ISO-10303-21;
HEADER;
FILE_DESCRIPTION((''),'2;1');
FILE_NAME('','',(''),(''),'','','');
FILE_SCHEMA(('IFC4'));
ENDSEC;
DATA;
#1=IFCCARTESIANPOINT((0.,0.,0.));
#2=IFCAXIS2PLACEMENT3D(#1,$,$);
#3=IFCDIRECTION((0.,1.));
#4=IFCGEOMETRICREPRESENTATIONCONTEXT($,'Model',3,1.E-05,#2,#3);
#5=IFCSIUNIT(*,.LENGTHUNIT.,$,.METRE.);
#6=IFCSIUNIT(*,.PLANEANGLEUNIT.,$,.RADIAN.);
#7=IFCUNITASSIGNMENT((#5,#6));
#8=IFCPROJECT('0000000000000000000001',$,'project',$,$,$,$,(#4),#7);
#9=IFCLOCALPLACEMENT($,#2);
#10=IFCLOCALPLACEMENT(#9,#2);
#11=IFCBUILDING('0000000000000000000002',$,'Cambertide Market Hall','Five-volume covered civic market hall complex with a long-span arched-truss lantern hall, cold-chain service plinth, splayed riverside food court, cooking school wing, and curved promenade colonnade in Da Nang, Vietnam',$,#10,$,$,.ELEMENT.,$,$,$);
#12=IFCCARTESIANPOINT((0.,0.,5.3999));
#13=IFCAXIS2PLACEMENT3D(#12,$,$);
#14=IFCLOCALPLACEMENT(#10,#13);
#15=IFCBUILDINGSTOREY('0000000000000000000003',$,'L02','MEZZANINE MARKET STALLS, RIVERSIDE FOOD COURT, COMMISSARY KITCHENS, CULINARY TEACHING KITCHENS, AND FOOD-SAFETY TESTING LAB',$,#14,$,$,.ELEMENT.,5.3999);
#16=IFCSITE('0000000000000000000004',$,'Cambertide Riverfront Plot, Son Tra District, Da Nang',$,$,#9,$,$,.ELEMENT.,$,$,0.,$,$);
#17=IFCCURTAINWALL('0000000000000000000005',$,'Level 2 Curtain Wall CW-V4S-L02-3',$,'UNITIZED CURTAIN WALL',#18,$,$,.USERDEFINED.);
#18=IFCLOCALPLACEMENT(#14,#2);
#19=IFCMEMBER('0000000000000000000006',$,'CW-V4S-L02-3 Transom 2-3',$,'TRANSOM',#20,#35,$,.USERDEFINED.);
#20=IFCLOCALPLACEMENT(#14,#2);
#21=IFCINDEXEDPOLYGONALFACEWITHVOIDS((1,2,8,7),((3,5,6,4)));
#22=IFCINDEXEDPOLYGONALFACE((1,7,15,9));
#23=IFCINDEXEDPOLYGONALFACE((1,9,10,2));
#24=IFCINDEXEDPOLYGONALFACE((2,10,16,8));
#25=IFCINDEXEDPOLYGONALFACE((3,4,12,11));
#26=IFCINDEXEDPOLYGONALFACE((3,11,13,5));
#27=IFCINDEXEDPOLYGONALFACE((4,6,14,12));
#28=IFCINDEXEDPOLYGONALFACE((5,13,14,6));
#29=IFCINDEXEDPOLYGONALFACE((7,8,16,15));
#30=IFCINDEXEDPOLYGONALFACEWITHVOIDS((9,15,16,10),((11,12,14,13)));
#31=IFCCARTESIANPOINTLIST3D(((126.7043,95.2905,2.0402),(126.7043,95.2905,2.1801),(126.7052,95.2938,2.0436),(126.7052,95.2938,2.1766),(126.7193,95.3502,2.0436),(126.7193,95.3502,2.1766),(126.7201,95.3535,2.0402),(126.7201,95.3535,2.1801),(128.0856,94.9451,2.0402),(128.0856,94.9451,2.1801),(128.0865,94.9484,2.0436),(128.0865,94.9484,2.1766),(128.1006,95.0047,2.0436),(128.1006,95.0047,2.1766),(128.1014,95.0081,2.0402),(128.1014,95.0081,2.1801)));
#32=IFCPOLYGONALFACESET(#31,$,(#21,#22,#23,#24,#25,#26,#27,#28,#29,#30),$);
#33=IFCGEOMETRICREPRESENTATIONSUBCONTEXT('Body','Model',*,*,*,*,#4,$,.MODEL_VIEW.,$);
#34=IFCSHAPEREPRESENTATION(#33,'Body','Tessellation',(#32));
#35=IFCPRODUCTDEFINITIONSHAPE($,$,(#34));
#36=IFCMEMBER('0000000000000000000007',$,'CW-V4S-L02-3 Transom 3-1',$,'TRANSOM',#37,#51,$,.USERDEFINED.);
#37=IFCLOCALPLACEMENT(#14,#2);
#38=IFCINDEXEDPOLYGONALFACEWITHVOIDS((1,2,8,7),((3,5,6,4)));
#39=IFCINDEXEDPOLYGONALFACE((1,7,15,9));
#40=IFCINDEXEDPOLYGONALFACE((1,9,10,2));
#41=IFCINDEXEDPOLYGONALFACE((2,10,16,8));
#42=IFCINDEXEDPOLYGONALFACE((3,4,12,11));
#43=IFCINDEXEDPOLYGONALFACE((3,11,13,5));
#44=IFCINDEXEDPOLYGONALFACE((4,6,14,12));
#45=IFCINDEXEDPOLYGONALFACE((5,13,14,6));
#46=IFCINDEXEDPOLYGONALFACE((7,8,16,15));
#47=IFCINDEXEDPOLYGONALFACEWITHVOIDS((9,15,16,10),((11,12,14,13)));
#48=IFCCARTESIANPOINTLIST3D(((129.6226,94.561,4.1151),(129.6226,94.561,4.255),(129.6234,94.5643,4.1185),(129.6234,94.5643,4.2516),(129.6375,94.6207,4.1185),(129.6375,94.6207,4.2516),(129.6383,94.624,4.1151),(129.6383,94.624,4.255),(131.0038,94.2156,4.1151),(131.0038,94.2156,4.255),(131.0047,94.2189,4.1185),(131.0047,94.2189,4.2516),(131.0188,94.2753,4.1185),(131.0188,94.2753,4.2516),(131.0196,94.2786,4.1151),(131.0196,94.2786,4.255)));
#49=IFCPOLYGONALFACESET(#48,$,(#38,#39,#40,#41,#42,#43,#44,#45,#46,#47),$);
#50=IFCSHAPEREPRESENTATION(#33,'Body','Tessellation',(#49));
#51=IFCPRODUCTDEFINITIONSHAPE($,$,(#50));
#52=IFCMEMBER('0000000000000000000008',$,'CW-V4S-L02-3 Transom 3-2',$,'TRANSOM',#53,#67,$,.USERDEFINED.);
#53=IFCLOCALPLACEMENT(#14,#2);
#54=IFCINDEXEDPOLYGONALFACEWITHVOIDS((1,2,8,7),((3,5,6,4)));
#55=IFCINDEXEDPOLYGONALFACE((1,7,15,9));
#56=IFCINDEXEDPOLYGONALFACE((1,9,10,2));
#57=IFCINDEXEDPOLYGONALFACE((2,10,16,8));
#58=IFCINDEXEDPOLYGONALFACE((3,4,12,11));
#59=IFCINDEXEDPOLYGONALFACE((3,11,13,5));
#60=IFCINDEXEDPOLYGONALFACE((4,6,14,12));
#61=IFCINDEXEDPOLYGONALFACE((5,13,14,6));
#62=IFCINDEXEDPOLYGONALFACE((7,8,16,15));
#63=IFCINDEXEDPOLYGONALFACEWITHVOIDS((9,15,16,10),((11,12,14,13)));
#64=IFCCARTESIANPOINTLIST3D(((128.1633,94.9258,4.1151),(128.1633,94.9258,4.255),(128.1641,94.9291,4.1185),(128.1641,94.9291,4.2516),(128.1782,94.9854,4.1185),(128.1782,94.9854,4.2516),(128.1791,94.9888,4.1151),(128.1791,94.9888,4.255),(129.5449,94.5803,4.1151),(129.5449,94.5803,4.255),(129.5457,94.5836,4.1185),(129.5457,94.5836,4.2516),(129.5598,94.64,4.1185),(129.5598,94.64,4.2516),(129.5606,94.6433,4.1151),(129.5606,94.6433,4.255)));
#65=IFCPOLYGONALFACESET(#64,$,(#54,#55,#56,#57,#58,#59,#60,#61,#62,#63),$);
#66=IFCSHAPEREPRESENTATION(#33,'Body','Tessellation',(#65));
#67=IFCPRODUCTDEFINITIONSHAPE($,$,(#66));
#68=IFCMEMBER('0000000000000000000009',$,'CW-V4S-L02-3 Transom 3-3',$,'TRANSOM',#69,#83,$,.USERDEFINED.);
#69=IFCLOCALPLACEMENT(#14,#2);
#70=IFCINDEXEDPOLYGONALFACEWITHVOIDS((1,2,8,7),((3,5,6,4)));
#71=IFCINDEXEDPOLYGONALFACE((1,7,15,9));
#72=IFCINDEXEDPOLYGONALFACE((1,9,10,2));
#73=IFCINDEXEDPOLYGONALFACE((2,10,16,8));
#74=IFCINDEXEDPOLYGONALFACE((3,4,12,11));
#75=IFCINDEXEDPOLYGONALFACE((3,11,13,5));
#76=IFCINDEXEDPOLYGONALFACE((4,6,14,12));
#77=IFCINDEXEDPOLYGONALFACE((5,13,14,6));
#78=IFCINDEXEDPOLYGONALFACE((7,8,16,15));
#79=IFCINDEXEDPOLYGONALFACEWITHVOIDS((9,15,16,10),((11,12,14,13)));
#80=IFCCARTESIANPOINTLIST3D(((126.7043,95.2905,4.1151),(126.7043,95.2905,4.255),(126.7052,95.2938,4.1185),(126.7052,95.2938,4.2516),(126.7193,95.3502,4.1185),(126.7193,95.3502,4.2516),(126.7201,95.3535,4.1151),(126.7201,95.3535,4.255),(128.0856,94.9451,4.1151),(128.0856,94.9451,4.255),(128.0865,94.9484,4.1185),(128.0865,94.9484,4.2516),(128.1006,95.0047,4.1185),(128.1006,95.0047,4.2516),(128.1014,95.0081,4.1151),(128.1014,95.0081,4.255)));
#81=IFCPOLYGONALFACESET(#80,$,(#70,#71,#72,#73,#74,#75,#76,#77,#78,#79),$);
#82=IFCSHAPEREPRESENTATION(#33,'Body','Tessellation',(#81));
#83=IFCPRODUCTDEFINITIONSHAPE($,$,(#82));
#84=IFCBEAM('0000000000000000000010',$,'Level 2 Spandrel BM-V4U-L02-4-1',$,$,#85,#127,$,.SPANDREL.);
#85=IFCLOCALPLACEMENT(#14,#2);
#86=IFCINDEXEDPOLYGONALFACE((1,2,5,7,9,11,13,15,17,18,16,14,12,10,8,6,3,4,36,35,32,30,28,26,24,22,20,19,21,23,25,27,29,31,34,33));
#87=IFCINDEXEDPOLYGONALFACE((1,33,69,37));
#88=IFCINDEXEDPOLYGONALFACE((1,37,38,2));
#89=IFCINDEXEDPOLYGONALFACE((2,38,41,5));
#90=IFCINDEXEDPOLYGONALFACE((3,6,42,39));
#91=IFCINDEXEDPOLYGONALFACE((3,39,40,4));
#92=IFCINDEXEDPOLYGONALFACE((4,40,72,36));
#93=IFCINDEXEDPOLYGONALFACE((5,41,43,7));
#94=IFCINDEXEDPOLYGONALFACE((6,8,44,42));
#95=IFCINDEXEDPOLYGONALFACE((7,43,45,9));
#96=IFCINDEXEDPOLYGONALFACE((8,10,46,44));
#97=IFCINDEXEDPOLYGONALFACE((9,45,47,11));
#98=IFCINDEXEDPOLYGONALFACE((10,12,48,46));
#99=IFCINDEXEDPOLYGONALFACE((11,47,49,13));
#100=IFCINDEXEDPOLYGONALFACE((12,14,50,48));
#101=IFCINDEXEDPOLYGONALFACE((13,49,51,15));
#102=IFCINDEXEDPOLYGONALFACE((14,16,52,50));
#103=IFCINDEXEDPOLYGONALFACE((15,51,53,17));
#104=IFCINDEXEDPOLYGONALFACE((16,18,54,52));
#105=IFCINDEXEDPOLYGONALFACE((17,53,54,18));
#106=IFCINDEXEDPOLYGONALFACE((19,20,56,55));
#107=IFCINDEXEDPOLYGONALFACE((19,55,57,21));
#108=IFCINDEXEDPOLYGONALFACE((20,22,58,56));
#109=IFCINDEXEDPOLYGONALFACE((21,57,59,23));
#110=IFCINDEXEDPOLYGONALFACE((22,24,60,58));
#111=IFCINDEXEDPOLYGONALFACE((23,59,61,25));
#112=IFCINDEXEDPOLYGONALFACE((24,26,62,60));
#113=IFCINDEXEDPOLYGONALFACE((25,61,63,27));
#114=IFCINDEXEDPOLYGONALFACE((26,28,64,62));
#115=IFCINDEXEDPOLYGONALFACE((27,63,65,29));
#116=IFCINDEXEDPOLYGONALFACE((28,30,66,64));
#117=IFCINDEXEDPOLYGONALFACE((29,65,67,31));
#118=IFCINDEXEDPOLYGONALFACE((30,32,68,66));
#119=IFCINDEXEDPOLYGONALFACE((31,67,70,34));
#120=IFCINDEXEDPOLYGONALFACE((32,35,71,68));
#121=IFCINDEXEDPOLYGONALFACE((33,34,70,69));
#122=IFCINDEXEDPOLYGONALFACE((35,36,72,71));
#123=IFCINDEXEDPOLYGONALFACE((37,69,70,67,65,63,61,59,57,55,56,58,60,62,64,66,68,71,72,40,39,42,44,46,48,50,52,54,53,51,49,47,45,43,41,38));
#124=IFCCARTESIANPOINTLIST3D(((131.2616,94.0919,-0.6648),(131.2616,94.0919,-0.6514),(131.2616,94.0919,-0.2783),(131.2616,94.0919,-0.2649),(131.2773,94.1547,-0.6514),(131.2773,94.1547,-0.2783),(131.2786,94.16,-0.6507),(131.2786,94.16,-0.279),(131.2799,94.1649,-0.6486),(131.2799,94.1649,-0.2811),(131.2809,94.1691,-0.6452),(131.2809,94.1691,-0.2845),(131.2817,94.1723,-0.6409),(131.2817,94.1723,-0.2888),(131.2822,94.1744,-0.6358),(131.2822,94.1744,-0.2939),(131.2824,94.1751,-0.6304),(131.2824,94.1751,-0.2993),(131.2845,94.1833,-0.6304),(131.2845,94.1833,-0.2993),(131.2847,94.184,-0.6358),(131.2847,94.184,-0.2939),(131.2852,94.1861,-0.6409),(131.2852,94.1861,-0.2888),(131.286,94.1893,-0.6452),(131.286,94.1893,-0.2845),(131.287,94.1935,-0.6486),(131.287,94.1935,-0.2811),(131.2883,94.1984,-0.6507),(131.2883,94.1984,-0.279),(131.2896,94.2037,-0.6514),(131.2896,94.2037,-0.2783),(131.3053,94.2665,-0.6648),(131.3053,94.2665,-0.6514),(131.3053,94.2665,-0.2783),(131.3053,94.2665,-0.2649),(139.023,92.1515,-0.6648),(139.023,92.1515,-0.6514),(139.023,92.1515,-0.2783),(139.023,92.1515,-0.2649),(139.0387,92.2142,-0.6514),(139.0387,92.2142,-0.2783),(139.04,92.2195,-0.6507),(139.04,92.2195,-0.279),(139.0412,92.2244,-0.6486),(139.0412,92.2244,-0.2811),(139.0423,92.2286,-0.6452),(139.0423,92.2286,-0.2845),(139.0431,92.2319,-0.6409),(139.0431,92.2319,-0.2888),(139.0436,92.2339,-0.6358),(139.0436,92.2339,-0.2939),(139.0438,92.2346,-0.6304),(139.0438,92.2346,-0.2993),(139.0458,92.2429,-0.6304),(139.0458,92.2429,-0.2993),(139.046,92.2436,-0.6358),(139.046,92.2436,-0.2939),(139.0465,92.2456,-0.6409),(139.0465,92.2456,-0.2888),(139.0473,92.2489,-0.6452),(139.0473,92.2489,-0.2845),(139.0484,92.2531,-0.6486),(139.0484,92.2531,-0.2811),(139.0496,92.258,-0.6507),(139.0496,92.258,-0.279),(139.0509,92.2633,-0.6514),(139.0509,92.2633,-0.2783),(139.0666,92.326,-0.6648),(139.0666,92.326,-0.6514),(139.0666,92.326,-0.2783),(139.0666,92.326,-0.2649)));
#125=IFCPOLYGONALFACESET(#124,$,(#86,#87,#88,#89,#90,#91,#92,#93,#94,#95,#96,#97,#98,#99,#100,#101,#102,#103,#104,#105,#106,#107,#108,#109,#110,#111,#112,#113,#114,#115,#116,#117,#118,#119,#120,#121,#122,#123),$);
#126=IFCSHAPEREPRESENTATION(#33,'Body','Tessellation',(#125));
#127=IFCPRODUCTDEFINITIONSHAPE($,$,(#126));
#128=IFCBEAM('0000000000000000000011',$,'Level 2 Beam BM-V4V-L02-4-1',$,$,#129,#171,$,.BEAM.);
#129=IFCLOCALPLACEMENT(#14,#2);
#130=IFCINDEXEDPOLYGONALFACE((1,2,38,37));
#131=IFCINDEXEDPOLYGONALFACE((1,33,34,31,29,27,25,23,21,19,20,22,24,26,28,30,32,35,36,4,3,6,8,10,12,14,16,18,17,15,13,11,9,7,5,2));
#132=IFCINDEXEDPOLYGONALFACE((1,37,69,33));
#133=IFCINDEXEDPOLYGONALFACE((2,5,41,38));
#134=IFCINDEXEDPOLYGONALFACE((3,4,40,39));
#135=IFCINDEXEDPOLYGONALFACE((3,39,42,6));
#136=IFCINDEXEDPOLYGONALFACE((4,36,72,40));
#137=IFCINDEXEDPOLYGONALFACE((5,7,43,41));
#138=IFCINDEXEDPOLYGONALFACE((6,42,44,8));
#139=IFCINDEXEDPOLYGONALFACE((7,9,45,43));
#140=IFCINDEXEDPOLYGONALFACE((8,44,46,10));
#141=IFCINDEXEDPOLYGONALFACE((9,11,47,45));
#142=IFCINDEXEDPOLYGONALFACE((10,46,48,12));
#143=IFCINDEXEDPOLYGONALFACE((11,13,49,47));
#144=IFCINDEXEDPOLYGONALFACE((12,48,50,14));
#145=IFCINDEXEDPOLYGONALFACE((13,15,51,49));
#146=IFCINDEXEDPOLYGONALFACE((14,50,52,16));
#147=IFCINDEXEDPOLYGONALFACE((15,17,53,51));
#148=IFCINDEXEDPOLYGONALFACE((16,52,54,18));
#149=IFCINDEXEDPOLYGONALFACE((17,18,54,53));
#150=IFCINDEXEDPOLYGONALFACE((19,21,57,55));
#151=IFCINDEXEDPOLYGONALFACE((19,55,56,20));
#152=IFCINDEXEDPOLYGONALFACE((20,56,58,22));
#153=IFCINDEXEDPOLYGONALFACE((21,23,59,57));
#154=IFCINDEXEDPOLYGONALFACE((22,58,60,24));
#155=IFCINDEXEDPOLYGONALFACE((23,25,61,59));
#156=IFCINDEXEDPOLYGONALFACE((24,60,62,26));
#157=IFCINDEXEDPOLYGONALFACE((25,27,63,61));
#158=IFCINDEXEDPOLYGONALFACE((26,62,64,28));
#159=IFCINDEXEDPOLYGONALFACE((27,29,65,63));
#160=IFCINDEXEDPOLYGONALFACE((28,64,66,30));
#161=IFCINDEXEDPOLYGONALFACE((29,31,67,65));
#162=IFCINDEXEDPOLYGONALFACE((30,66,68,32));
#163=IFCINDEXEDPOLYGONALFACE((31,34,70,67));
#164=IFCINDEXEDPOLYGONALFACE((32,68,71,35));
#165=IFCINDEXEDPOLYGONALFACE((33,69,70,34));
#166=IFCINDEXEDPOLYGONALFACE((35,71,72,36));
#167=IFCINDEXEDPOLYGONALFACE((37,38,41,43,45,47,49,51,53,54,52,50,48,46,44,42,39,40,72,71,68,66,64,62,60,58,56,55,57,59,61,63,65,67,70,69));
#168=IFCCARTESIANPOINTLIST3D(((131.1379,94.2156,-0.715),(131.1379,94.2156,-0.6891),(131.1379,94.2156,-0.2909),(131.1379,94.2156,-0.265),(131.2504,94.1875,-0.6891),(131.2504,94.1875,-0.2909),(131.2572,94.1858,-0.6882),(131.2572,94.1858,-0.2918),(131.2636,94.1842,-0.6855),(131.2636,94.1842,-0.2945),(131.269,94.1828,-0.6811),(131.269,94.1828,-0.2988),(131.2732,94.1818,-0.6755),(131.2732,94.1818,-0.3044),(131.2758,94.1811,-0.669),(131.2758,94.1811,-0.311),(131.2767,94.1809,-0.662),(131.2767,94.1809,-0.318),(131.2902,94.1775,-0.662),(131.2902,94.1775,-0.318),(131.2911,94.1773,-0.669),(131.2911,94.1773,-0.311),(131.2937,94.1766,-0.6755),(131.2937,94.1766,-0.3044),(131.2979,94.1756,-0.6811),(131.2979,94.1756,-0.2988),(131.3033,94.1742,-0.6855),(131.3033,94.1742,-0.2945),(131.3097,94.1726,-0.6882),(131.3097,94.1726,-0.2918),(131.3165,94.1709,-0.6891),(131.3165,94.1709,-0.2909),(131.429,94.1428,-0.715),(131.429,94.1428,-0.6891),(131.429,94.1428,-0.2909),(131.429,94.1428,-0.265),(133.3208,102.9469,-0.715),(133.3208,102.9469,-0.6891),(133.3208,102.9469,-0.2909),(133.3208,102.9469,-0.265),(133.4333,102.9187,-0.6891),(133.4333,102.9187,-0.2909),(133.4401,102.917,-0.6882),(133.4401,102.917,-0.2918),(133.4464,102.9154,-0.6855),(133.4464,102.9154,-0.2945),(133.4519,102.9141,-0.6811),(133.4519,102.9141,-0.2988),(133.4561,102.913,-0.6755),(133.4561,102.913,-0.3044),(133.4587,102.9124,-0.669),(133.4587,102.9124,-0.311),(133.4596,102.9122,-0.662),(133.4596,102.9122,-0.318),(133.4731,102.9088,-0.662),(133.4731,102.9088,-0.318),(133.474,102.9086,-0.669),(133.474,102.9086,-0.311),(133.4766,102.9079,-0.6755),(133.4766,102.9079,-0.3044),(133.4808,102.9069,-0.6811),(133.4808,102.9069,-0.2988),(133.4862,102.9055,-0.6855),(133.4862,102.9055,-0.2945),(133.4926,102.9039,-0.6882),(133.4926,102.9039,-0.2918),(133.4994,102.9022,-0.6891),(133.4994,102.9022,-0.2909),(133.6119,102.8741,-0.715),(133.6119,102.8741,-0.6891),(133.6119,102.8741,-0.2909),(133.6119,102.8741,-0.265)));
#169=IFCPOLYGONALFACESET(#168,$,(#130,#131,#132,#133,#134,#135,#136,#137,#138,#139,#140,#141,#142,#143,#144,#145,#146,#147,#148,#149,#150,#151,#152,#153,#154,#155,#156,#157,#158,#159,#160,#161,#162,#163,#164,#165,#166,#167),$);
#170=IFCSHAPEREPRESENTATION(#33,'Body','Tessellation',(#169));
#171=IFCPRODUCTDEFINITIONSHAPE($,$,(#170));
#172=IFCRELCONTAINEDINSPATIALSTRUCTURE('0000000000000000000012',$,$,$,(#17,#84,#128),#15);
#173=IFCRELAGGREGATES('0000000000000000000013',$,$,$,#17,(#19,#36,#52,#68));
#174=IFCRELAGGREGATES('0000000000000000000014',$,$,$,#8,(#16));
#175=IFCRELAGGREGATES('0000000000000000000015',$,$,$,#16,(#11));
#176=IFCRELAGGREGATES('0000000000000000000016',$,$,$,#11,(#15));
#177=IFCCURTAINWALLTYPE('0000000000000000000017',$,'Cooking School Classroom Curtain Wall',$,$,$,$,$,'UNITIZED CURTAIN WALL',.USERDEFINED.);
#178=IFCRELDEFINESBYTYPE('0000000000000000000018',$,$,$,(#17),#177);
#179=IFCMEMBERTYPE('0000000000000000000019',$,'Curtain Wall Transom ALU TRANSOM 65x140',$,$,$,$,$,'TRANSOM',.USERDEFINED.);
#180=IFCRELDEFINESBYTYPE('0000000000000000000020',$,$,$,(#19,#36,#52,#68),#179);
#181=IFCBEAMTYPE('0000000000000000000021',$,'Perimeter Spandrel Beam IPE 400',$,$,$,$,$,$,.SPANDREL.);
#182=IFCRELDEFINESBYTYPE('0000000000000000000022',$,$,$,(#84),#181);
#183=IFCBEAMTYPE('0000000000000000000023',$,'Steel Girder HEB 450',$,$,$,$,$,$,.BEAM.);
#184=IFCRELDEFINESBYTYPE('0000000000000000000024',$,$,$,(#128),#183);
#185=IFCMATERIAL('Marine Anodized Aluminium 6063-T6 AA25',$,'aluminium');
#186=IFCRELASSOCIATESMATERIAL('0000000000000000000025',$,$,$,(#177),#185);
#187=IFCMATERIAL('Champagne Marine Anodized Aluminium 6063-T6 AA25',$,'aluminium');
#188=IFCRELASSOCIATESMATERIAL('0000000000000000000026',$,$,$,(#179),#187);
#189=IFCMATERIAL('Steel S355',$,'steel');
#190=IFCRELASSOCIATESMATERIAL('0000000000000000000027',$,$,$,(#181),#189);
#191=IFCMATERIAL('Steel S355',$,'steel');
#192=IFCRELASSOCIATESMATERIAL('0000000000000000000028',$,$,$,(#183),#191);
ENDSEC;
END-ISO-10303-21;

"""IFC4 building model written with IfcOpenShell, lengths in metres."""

from ifc_helpers import new_model, si_unit, direction, frame, origin, origin_2d, place, context, subcontext, project, spatial, hollow_rectangle, i_section, extrude, material, material_profile, profile_set, type_object, element, aggregate, save


model = new_model("IFC4")

# Units and contexts
model_context = context("Model", 3, precision=1e-05, world=origin(), true_north=direction((0.0, 1.0)))
body_context = subcontext(model_context, "Body", "Model", "MODEL_VIEW")
ifc_project = project(units=[si_unit("LENGTHUNIT", "METRE"), si_unit("PLANEANGLEUNIT", "RADIAN")], contexts=[model_context])

# Site, building, storey
site_placement = place(None, origin())
site = spatial("IfcSite", under=ifc_project, at=site_placement, Name="Cambertide Riverfront Plot, Son Tra District, Da Nang", CompositionType="ELEMENT", RefElevation=0.0)
building_placement = place(site_placement, origin())
building = spatial("IfcBuilding", under=site, at=building_placement, Name="Cambertide Market Hall", Description="Five-volume covered civic market hall complex with a long-span arched-truss lantern hall, cold-chain service plinth, splayed riverside food court, cooking school wing, and curved promenade colonnade in Da Nang, Vietnam", CompositionType="ELEMENT")
storey_placement = place(building_placement, frame((0.0, 0.0, 5.3999)))
storey = spatial("IfcBuildingStorey", under=building, at=storey_placement, Name="L02", Description="MEZZANINE MARKET STALLS, RIVERSIDE FOOD COURT, COMMISSARY KITCHENS, CULINARY TEACHING KITCHENS, AND FOOD-SAFETY TESTING LAB", CompositionType="ELEMENT", Elevation=5.3999)

# Curtain wall, members
ifc_material_1 = material(Name="Marine Anodized Aluminium 6063-T6 AA25", Category="aluminium")
curtain_wall_type = type_object("IfcCurtainWallType", Name="Cooking School Classroom Curtain Wall", ElementType="UNITIZED CURTAIN WALL", PredefinedType="USERDEFINED", material=ifc_material_1)
curtain_wall_placement = place(storey_placement, origin())
curtain_wall = element("IfcCurtainWall", 1, at=curtain_wall_placement, inside=storey, type_object=curtain_wall_type, Name="Level 2 Curtain Wall CW-V4S-L02-3", ObjectType="UNITIZED CURTAIN WALL", PredefinedType="USERDEFINED")
ifc_material_2 = material(Name="Champagne Marine Anodized Aluminium 6063-T6 AA25", Category="aluminium")
ifc_material_profile_1 = material_profile(ifc_material_2, hollow_rectangle(XDim=0.0649, YDim=0.1399, WallThickness=0.0034, at=origin_2d()), Name="ALU TRANSOM 65x140")
ifc_profile_set_1 = profile_set([ifc_material_profile_1], Name="Champagne Marine Anodized Aluminium 6063-T6 AA25")
member_type_1 = type_object("IfcMemberType", Name="Curtain Wall Transom ALU TRANSOM 65x140", ElementType="TRANSOM", PredefinedType="USERDEFINED", material=ifc_profile_set_1)
member_1_placement = place(storey_placement, frame((128.0935, 94.9766, 2.1101), z_axis=(-0.970122, 0.242616, 0.0), x_axis=(-0.242616, -0.970122, 0.0)))
member_1 = element("IfcMember", 2, at=member_1_placement, type_object=member_type_1, Name="CW-V4S-L02-3 Transom 2-3", ObjectType="TRANSOM", PredefinedType="USERDEFINED", context=body_context, shape_type="SweptSolid", body=[
    extrude(hollow_rectangle(XDim=0.0649, YDim=0.1399, WallThickness=0.0034, at=origin_2d()), origin(), (0.0, 0.0, 1.0), 1.4238),
])
member_2_placement = place(storey_placement, frame((131.0117, 94.2471, 4.1851), z_axis=(-0.970122, 0.242616, 0.0), x_axis=(-0.242616, -0.970122, 0.0)))
member_2 = element("IfcMember", 3, at=member_2_placement, type_object=member_type_1, Name="CW-V4S-L02-3 Transom 3-1", ObjectType="TRANSOM", PredefinedType="USERDEFINED", context=body_context, shape_type="SweptSolid", body=[
    extrude(hollow_rectangle(XDim=0.0649, YDim=0.1399, WallThickness=0.0034, at=origin_2d()), origin(), (0.0, 0.0, 1.0), 1.4238),
])
member_3_placement = place(storey_placement, frame((129.5527, 94.6118, 4.1851), z_axis=(-0.970132, 0.242576, 0.0), x_axis=(-0.242576, -0.970132, 0.0)))
member_3 = element("IfcMember", 4, at=member_3_placement, type_object=member_type_1, Name="CW-V4S-L02-3 Transom 3-2", ObjectType="TRANSOM", PredefinedType="USERDEFINED", context=body_context, shape_type="SweptSolid", body=[
    extrude(hollow_rectangle(XDim=0.0649, YDim=0.1399, WallThickness=0.0034, at=origin_2d()), origin(), (0.0, 0.0, 1.0), 1.4241),
])
member_4_placement = place(storey_placement, frame((128.0935, 94.9766, 4.1851), z_axis=(-0.970122, 0.242616, 0.0), x_axis=(-0.242616, -0.970122, 0.0)))
member_4 = element("IfcMember", 5, at=member_4_placement, type_object=member_type_1, Name="CW-V4S-L02-3 Transom 3-3", ObjectType="TRANSOM", PredefinedType="USERDEFINED", context=body_context, shape_type="SweptSolid", body=[
    extrude(hollow_rectangle(XDim=0.0649, YDim=0.1399, WallThickness=0.0034, at=origin_2d()), origin(), (0.0, 0.0, 1.0), 1.4238),
])

# Beams
ifc_material_3 = material(Name="Steel S355", Category="steel")
ifc_material_profile_2 = material_profile(ifc_material_3, i_section(OverallWidth=0.1799, OverallDepth=0.3999, WebThickness=0.0085, FlangeThickness=0.0134, FilletRadius=0.021, at=origin_2d()), Name="IPE 400")
ifc_profile_set_2 = profile_set([ifc_material_profile_2], Name="Steel S355")
beam_type_1 = type_object("IfcBeamType", Name="Perimeter Spandrel Beam IPE 400", PredefinedType="SPANDREL", material=ifc_profile_set_2)
beam_1_placement = place(storey_placement, frame((131.2834, 94.1792, -0.4648), z_axis=(0.970139, -0.24255, 0.0), x_axis=(0.24255, 0.970139, 0.0)))
element("IfcBeam", 6, at=beam_1_placement, inside=storey, type_object=beam_type_1, Name="Level 2 Spandrel BM-V4U-L02-4-1", PredefinedType="SPANDREL", context=body_context, shape_type="SweptSolid", body=[
    extrude(i_section(OverallWidth=0.1799, OverallDepth=0.3999, WebThickness=0.0085, FlangeThickness=0.0134, FilletRadius=0.021, at=origin_2d()), origin(), (0.0, 0.0, 1.0), 8.0002),
])
ifc_material_4 = material(Name="Steel S355", Category="steel")
ifc_material_profile_3 = material_profile(ifc_material_4, i_section(OverallWidth=0.3, OverallDepth=0.45, WebThickness=0.0139, FlangeThickness=0.0259, FilletRadius=0.0271, at=origin_2d()), Name="HEB 450")
ifc_profile_set_3 = profile_set([ifc_material_profile_3], Name="Steel S355")
beam_type_2 = type_object("IfcBeamType", Name="Steel Girder HEB 450", PredefinedType="BEAM", material=ifc_profile_set_3)
beam_2_placement = place(storey_placement, frame((131.2834, 94.1792, -0.49), z_axis=(0.242542, 0.970141, 0.0), x_axis=(-0.970141, 0.242542, 0.0)))
element("IfcBeam", 7, at=beam_2_placement, inside=storey, type_object=beam_type_2, Name="Level 2 Beam BM-V4V-L02-4-1", PredefinedType="BEAM", context=body_context, shape_type="SweptSolid", body=[
    extrude(i_section(OverallWidth=0.3, OverallDepth=0.45, WebThickness=0.0139, FlangeThickness=0.0259, FilletRadius=0.0271, at=origin_2d()), origin(), (0.0, 0.0, 1.0), 9.0),
])

aggregate(curtain_wall, [member_1, member_2, member_3, member_4])

save(model, "model.ifc")
